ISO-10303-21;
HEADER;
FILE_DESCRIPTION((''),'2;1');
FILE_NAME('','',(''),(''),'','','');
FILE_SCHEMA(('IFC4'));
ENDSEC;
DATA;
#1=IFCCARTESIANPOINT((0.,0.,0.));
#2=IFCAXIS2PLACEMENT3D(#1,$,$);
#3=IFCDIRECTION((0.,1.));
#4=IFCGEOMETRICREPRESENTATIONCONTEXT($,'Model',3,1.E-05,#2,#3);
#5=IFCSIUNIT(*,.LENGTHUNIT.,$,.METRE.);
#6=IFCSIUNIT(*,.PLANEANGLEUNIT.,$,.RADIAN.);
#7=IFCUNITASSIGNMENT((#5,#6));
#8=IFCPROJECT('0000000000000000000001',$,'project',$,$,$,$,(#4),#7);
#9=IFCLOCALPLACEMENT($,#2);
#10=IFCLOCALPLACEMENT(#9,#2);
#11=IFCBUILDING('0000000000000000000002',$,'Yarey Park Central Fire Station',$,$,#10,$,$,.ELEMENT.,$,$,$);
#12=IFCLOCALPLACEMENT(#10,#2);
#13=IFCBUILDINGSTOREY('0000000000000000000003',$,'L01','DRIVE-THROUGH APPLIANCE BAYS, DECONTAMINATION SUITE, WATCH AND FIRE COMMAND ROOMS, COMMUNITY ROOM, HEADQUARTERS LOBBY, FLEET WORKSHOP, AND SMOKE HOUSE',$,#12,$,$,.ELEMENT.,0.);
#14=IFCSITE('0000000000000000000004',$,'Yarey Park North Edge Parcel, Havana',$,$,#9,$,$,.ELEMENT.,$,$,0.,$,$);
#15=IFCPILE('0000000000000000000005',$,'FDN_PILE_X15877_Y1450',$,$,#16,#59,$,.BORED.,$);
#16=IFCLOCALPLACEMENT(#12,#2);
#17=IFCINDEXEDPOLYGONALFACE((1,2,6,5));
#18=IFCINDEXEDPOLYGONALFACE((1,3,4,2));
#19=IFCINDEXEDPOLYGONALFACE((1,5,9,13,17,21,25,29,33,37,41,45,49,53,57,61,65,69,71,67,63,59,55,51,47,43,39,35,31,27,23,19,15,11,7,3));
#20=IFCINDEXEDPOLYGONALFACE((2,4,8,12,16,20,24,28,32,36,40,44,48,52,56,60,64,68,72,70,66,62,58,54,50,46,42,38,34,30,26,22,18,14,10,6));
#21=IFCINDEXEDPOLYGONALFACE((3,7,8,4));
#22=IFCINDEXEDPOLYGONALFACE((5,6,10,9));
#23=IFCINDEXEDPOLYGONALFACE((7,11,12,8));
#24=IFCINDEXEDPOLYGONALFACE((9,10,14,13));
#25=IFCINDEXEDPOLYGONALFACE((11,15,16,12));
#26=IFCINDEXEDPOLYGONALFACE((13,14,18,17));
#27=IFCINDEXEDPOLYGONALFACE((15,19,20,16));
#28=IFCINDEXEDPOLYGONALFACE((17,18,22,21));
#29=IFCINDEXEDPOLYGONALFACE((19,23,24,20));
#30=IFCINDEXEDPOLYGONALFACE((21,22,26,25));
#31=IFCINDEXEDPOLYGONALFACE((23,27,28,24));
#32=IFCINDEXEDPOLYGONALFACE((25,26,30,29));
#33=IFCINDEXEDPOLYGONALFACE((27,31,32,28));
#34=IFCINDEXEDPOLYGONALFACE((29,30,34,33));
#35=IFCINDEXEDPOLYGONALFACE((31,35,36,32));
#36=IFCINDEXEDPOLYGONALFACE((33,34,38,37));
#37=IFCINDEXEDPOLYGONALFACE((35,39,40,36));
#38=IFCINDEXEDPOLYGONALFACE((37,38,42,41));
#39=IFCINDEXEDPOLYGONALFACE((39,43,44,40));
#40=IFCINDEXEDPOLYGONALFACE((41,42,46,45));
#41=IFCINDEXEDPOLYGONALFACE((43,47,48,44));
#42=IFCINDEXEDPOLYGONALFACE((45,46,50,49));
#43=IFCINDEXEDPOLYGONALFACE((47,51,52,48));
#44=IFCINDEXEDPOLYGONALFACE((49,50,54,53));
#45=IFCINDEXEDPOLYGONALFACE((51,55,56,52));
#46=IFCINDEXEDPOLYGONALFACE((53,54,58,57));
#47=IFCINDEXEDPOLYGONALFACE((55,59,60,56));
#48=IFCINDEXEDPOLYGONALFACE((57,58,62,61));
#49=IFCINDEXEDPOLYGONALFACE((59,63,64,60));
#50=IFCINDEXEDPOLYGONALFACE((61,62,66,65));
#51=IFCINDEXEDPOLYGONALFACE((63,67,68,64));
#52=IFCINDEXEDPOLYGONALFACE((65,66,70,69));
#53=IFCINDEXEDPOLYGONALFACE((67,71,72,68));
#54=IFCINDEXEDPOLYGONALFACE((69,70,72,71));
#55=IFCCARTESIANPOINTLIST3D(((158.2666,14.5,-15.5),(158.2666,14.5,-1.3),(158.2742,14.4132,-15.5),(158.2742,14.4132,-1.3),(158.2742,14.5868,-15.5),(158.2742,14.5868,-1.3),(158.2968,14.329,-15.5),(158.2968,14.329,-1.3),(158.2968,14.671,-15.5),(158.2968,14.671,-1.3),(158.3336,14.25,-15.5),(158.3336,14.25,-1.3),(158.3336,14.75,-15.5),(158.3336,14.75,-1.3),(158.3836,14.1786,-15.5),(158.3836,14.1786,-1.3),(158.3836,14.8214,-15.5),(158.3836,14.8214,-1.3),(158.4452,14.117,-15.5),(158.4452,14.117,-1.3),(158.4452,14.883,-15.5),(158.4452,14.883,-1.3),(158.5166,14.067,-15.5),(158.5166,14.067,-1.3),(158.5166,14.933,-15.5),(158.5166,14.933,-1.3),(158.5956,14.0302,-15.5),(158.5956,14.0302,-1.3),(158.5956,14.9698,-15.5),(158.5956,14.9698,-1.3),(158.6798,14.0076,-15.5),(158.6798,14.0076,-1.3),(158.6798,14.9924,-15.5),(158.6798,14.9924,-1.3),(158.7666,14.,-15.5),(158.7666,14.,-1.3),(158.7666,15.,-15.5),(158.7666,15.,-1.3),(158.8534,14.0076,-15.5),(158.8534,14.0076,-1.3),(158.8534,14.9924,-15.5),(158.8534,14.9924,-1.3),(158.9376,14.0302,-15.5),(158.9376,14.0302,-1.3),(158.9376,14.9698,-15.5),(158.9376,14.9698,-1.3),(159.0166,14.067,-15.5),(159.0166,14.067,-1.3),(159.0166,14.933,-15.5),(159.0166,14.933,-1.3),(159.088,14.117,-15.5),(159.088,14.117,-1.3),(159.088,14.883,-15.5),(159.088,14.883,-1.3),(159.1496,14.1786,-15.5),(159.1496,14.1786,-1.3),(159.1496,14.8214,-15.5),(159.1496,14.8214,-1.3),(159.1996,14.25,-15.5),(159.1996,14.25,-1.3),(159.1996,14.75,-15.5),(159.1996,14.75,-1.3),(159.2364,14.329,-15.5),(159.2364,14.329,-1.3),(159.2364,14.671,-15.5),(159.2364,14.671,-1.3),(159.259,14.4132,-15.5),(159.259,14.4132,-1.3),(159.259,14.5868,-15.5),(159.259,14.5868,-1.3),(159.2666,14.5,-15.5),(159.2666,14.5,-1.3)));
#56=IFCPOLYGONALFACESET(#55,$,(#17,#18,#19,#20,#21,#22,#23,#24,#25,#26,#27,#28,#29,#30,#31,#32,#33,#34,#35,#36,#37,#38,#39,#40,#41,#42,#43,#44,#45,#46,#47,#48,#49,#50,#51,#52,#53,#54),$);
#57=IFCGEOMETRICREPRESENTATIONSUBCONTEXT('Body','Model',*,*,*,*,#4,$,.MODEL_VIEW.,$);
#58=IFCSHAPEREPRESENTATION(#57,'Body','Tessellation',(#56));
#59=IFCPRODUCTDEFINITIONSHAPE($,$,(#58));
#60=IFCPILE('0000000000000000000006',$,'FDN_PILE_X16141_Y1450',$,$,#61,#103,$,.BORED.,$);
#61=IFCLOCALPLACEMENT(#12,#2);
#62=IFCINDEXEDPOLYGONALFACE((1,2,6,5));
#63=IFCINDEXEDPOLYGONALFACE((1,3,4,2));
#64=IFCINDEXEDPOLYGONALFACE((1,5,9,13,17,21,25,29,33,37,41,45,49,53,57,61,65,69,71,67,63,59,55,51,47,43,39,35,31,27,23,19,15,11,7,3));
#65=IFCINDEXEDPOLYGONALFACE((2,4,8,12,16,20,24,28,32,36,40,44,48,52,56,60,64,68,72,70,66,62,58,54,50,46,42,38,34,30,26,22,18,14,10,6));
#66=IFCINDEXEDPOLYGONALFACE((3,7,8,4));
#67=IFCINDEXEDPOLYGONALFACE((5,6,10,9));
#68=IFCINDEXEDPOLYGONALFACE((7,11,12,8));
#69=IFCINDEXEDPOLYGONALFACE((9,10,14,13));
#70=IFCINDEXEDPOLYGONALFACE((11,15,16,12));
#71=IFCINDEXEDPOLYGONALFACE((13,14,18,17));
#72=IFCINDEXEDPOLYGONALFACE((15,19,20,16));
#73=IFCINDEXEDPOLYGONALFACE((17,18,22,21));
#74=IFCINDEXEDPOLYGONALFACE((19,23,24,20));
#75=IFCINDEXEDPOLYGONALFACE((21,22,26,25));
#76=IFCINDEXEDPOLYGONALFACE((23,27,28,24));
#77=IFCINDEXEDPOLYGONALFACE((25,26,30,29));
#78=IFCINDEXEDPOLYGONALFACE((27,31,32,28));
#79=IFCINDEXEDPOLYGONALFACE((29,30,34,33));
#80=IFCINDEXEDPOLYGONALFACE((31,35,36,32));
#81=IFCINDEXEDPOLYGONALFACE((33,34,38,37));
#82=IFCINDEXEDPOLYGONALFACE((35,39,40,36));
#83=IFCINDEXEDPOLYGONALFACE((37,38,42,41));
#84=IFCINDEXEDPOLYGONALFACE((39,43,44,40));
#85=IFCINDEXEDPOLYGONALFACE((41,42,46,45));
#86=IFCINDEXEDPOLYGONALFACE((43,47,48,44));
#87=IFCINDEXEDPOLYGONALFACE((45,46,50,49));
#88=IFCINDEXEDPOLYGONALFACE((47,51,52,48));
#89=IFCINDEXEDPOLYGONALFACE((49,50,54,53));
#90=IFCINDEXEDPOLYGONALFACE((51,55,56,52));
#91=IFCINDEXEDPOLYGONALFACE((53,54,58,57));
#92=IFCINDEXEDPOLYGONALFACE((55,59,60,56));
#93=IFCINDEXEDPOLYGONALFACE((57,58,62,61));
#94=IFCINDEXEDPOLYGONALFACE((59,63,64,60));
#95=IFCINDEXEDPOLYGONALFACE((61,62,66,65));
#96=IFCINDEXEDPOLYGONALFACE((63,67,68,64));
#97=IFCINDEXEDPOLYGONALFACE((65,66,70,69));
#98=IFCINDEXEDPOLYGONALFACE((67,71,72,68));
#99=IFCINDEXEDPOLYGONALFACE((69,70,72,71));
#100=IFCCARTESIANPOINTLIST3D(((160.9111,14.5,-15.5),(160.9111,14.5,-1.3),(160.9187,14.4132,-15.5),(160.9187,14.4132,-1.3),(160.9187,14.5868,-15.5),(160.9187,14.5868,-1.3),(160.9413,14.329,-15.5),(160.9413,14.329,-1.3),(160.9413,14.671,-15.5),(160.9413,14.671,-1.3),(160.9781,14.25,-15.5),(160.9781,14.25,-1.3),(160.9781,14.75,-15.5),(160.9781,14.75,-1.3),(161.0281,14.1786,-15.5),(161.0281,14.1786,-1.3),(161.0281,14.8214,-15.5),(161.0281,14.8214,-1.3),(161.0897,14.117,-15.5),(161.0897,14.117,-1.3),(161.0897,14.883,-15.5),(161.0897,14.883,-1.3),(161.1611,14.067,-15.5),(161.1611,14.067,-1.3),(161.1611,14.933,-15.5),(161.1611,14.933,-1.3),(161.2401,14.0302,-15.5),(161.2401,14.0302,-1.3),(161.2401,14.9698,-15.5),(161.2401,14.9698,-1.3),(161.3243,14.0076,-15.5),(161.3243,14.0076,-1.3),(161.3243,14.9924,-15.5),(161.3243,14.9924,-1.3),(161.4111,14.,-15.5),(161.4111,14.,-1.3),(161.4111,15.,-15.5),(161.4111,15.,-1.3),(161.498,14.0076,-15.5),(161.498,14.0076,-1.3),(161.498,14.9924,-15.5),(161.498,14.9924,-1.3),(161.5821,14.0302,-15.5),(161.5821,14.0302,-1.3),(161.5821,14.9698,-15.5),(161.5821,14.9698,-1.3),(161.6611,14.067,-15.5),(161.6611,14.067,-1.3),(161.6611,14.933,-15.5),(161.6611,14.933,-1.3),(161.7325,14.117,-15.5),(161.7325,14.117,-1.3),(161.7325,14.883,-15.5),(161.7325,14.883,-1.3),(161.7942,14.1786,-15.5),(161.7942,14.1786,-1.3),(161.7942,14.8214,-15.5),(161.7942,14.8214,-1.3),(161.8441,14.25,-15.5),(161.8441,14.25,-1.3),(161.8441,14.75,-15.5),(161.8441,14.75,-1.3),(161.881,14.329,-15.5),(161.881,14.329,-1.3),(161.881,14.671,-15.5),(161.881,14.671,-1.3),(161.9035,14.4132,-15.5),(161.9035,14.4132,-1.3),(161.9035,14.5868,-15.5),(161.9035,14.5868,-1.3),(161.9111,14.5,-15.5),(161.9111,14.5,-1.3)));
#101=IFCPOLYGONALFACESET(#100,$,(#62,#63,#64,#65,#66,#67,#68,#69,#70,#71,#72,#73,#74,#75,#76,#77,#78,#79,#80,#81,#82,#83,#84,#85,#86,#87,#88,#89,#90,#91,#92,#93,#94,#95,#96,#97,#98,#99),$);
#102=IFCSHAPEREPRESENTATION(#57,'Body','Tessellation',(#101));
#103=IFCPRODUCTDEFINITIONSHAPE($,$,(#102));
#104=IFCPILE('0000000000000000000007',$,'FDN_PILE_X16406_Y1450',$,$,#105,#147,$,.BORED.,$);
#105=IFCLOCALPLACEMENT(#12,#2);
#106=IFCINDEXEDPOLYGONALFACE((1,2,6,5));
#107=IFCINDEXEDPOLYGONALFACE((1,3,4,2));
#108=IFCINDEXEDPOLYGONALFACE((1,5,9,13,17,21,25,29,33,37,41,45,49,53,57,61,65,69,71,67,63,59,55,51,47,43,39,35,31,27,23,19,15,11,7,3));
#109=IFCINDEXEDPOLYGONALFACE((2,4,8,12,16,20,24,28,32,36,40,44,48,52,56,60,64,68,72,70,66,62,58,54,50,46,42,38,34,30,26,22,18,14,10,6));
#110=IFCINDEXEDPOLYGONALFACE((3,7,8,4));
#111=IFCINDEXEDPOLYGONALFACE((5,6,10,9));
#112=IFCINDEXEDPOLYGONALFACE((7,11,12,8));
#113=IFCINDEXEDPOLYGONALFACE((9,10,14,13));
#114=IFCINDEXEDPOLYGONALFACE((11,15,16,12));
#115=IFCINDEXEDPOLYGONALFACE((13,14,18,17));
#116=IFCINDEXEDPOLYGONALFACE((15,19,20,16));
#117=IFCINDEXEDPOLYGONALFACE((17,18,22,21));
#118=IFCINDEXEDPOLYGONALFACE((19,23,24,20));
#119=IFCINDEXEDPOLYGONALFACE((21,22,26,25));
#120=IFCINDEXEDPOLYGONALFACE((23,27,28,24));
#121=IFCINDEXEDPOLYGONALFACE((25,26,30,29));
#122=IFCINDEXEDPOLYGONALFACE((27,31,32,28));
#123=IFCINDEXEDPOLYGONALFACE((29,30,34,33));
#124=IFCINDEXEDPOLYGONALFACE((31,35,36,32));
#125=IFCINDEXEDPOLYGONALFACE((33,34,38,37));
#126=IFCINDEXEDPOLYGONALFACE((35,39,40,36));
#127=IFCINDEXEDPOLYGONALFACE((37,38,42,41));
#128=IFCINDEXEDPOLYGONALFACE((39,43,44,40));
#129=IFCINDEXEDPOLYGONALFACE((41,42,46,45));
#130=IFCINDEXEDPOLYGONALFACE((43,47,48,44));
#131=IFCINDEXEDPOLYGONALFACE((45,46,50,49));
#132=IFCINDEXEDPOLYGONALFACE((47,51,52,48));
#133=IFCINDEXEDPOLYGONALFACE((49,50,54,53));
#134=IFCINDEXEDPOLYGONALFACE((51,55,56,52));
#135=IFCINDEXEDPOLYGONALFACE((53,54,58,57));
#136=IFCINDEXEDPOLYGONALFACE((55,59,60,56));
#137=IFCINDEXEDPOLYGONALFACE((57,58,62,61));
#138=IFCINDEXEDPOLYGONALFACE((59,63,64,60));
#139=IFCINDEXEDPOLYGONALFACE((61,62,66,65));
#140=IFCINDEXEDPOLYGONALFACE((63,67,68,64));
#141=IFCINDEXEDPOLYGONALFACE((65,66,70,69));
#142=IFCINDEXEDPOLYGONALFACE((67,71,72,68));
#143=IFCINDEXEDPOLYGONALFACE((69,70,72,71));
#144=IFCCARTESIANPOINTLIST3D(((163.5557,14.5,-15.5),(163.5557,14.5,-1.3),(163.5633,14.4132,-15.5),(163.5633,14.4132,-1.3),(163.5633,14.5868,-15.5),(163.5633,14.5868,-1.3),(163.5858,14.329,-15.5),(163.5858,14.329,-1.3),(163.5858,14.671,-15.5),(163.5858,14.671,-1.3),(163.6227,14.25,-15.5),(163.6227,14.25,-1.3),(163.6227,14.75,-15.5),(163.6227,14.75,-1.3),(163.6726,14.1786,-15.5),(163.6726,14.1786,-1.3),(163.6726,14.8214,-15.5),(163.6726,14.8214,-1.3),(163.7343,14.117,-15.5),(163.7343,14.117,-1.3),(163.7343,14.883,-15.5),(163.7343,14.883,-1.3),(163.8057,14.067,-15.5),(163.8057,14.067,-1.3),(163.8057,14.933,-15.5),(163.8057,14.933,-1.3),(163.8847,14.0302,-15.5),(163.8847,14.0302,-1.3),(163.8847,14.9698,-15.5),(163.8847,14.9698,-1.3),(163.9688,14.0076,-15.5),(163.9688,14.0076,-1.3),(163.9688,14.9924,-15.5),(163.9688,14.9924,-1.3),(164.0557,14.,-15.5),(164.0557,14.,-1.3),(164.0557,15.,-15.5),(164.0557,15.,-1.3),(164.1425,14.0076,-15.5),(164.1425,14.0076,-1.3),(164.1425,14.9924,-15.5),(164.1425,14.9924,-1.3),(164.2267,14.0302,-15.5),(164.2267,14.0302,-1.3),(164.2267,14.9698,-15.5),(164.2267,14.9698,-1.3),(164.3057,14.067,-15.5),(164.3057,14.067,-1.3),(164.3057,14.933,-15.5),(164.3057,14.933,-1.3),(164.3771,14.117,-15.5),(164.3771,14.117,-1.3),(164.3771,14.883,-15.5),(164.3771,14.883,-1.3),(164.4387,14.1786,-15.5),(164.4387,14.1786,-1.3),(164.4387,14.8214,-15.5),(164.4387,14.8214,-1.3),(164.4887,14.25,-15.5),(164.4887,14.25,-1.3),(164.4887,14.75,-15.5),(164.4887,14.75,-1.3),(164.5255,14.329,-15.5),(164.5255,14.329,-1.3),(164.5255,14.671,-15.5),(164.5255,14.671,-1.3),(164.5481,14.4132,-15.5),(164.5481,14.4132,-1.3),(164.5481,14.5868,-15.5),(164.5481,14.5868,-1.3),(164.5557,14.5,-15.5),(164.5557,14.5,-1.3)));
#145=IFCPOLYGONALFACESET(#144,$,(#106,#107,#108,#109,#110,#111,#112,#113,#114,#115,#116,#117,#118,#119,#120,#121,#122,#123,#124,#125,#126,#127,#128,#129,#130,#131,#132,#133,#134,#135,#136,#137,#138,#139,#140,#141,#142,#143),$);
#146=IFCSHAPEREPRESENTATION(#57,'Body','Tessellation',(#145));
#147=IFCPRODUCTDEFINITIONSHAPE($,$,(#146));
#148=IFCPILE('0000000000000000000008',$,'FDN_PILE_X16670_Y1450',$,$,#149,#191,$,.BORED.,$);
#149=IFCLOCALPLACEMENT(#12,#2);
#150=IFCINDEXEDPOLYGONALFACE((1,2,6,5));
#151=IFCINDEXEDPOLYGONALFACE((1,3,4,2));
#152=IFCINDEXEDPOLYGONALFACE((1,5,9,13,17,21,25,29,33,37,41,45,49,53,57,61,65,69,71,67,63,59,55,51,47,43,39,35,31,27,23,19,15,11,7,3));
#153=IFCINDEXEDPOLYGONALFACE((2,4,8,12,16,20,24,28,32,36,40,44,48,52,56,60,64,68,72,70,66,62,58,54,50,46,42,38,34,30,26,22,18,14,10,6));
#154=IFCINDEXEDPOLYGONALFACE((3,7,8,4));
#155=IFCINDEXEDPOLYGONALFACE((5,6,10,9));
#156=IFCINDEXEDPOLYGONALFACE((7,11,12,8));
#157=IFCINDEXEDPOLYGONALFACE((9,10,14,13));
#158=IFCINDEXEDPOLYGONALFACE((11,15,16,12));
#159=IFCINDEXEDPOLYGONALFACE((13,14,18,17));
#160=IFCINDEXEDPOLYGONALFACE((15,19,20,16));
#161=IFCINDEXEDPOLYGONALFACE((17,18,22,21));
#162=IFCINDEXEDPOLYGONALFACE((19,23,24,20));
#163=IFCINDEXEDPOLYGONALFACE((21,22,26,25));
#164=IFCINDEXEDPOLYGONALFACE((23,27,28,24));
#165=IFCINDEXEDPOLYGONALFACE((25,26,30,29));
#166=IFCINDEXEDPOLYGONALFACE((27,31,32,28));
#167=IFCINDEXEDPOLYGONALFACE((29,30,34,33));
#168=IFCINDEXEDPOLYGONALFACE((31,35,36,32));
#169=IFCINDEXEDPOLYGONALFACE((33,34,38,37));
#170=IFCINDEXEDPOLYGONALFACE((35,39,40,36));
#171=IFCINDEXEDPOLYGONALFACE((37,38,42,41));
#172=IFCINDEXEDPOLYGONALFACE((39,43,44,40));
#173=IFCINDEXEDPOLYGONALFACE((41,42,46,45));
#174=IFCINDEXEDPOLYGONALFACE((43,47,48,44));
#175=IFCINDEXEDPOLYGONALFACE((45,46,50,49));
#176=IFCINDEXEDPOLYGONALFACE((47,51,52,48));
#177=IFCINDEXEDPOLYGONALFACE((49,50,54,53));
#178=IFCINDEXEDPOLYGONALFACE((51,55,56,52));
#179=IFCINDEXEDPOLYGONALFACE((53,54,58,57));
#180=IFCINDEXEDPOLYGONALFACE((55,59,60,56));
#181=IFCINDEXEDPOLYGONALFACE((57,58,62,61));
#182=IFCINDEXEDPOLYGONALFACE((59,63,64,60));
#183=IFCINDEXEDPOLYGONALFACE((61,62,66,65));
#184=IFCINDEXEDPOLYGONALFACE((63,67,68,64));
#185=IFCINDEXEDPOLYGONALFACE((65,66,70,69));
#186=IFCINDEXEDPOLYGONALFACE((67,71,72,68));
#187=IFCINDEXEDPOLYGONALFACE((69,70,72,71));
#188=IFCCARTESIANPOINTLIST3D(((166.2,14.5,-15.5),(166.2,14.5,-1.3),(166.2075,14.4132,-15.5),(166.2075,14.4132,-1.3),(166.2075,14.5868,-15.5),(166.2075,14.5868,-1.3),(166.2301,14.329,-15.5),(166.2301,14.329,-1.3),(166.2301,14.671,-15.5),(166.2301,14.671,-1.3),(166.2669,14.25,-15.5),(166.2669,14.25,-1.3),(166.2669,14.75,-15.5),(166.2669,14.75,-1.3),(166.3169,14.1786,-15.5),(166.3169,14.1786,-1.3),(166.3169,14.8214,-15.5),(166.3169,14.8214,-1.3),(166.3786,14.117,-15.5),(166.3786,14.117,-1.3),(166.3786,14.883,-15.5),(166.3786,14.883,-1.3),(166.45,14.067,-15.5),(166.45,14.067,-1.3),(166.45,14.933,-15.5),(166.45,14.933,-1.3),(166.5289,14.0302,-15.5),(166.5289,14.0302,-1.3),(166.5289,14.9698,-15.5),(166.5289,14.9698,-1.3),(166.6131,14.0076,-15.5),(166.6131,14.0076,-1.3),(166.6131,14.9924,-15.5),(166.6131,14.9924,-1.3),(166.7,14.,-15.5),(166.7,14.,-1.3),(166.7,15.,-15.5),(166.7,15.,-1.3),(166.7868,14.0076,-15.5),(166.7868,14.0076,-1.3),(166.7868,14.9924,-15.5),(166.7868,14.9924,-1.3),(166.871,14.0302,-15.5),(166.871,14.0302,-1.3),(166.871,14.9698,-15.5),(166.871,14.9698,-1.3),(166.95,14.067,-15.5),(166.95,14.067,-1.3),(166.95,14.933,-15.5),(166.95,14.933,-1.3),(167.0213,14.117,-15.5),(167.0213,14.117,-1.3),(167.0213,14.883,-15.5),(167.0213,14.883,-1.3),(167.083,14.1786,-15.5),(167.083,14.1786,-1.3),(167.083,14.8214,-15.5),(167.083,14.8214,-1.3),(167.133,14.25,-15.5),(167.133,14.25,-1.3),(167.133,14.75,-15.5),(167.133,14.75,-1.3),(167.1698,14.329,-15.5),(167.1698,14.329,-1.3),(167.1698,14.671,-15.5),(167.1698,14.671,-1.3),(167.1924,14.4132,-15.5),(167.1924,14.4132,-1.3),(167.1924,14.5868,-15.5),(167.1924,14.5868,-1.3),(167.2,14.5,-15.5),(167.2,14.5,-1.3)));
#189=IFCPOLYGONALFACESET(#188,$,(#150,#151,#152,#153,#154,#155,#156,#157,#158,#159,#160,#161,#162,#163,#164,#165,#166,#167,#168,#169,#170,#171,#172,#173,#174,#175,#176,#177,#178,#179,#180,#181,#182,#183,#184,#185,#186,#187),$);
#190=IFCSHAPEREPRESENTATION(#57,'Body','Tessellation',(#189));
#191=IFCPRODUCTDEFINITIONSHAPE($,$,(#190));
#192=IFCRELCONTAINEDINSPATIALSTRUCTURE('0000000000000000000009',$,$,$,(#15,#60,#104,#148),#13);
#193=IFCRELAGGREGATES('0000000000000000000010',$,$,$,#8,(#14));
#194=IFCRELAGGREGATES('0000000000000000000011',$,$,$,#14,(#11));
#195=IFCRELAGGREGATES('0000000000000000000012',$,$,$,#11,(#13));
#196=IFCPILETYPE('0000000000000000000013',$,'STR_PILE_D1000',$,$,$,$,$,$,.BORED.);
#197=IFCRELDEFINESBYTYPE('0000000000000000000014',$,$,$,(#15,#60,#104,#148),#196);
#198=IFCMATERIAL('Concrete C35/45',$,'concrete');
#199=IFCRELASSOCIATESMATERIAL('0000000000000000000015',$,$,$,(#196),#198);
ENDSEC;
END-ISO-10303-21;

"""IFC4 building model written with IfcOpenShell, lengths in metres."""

from ifc_helpers import new_model, si_unit, direction, frame, origin, origin_2d, place, context, subcontext, project, spatial, circle, extrude, material, material_profile, profile_set, type_object, element, save


model = new_model("IFC4")

# Units and contexts
model_context = context("Model", 3, precision=1e-05, world=origin(), true_north=direction((0.0, 1.0)))
body_context = subcontext(model_context, "Body", "Model", "MODEL_VIEW")
ifc_project = project(units=[si_unit("LENGTHUNIT", "METRE"), si_unit("PLANEANGLEUNIT", "RADIAN")], contexts=[model_context])

# Site, building, storey
site_placement = place(None, origin())
site = spatial("IfcSite", under=ifc_project, at=site_placement, Name="Yarey Park North Edge Parcel, Havana", CompositionType="ELEMENT", RefElevation=0.0)
building_placement = place(site_placement, origin())
building = spatial("IfcBuilding", under=site, at=building_placement, Name="Yarey Park Central Fire Station", CompositionType="ELEMENT")
storey_placement = place(building_placement, origin())
storey = spatial("IfcBuildingStorey", under=building, at=storey_placement, Name="L01", Description="DRIVE-THROUGH APPLIANCE BAYS, DECONTAMINATION SUITE, WATCH AND FIRE COMMAND ROOMS, COMMUNITY ROOM, HEADQUARTERS LOBBY, FLEET WORKSHOP, AND SMOKE HOUSE", CompositionType="ELEMENT", Elevation=0.0)

# Shared definitions
ifc_material_1 = material(Name="Concrete C35/45", Category="concrete")

# Piles
ifc_material_profile_1 = material_profile(ifc_material_1, circle(Radius=0.5, at=origin_2d()), Name="BORED PILE D1000")
ifc_profile_set_1 = profile_set([ifc_material_profile_1], Name="Concrete C35/45")
pile_type_1 = type_object("IfcPileType", Name="STR_PILE_D1000", PredefinedType="BORED", material=ifc_profile_set_1)
for number, where, z_axis, x_axis, name in (
    (1, (158.7666, 14.5, -1.3), (0.0, 0.0, -1.0), (1.0, 0.0, 0.0), "FDN_PILE_X15877_Y1450"),
    (2, (161.4111, 14.5, -1.3), (0.0, 0.0, -1.0), (1.0, 0.0, 0.0), "FDN_PILE_X16141_Y1450"),
    (3, (164.0557, 14.5, -1.3), (0.0, 0.0, -1.0), (1.0, 0.0, 0.0), "FDN_PILE_X16406_Y1450"),
    (4, (166.7, 14.5, -1.3), (0.0, 0.0, -1.0), (1.0, 0.0, 0.0), "FDN_PILE_X16670_Y1450"),
):
    element("IfcPile", number, at=place(storey_placement, frame(where, z_axis=z_axis, x_axis=x_axis)), inside=storey, type_object=pile_type_1, Name=name, PredefinedType="BORED", context=body_context, shape_type="SweptSolid", body=[
        extrude(circle(Radius=0.5, at=origin_2d()), origin(), (0.0, 0.0, 1.0), 14.2),
    ])

save(model, "model.ifc")
